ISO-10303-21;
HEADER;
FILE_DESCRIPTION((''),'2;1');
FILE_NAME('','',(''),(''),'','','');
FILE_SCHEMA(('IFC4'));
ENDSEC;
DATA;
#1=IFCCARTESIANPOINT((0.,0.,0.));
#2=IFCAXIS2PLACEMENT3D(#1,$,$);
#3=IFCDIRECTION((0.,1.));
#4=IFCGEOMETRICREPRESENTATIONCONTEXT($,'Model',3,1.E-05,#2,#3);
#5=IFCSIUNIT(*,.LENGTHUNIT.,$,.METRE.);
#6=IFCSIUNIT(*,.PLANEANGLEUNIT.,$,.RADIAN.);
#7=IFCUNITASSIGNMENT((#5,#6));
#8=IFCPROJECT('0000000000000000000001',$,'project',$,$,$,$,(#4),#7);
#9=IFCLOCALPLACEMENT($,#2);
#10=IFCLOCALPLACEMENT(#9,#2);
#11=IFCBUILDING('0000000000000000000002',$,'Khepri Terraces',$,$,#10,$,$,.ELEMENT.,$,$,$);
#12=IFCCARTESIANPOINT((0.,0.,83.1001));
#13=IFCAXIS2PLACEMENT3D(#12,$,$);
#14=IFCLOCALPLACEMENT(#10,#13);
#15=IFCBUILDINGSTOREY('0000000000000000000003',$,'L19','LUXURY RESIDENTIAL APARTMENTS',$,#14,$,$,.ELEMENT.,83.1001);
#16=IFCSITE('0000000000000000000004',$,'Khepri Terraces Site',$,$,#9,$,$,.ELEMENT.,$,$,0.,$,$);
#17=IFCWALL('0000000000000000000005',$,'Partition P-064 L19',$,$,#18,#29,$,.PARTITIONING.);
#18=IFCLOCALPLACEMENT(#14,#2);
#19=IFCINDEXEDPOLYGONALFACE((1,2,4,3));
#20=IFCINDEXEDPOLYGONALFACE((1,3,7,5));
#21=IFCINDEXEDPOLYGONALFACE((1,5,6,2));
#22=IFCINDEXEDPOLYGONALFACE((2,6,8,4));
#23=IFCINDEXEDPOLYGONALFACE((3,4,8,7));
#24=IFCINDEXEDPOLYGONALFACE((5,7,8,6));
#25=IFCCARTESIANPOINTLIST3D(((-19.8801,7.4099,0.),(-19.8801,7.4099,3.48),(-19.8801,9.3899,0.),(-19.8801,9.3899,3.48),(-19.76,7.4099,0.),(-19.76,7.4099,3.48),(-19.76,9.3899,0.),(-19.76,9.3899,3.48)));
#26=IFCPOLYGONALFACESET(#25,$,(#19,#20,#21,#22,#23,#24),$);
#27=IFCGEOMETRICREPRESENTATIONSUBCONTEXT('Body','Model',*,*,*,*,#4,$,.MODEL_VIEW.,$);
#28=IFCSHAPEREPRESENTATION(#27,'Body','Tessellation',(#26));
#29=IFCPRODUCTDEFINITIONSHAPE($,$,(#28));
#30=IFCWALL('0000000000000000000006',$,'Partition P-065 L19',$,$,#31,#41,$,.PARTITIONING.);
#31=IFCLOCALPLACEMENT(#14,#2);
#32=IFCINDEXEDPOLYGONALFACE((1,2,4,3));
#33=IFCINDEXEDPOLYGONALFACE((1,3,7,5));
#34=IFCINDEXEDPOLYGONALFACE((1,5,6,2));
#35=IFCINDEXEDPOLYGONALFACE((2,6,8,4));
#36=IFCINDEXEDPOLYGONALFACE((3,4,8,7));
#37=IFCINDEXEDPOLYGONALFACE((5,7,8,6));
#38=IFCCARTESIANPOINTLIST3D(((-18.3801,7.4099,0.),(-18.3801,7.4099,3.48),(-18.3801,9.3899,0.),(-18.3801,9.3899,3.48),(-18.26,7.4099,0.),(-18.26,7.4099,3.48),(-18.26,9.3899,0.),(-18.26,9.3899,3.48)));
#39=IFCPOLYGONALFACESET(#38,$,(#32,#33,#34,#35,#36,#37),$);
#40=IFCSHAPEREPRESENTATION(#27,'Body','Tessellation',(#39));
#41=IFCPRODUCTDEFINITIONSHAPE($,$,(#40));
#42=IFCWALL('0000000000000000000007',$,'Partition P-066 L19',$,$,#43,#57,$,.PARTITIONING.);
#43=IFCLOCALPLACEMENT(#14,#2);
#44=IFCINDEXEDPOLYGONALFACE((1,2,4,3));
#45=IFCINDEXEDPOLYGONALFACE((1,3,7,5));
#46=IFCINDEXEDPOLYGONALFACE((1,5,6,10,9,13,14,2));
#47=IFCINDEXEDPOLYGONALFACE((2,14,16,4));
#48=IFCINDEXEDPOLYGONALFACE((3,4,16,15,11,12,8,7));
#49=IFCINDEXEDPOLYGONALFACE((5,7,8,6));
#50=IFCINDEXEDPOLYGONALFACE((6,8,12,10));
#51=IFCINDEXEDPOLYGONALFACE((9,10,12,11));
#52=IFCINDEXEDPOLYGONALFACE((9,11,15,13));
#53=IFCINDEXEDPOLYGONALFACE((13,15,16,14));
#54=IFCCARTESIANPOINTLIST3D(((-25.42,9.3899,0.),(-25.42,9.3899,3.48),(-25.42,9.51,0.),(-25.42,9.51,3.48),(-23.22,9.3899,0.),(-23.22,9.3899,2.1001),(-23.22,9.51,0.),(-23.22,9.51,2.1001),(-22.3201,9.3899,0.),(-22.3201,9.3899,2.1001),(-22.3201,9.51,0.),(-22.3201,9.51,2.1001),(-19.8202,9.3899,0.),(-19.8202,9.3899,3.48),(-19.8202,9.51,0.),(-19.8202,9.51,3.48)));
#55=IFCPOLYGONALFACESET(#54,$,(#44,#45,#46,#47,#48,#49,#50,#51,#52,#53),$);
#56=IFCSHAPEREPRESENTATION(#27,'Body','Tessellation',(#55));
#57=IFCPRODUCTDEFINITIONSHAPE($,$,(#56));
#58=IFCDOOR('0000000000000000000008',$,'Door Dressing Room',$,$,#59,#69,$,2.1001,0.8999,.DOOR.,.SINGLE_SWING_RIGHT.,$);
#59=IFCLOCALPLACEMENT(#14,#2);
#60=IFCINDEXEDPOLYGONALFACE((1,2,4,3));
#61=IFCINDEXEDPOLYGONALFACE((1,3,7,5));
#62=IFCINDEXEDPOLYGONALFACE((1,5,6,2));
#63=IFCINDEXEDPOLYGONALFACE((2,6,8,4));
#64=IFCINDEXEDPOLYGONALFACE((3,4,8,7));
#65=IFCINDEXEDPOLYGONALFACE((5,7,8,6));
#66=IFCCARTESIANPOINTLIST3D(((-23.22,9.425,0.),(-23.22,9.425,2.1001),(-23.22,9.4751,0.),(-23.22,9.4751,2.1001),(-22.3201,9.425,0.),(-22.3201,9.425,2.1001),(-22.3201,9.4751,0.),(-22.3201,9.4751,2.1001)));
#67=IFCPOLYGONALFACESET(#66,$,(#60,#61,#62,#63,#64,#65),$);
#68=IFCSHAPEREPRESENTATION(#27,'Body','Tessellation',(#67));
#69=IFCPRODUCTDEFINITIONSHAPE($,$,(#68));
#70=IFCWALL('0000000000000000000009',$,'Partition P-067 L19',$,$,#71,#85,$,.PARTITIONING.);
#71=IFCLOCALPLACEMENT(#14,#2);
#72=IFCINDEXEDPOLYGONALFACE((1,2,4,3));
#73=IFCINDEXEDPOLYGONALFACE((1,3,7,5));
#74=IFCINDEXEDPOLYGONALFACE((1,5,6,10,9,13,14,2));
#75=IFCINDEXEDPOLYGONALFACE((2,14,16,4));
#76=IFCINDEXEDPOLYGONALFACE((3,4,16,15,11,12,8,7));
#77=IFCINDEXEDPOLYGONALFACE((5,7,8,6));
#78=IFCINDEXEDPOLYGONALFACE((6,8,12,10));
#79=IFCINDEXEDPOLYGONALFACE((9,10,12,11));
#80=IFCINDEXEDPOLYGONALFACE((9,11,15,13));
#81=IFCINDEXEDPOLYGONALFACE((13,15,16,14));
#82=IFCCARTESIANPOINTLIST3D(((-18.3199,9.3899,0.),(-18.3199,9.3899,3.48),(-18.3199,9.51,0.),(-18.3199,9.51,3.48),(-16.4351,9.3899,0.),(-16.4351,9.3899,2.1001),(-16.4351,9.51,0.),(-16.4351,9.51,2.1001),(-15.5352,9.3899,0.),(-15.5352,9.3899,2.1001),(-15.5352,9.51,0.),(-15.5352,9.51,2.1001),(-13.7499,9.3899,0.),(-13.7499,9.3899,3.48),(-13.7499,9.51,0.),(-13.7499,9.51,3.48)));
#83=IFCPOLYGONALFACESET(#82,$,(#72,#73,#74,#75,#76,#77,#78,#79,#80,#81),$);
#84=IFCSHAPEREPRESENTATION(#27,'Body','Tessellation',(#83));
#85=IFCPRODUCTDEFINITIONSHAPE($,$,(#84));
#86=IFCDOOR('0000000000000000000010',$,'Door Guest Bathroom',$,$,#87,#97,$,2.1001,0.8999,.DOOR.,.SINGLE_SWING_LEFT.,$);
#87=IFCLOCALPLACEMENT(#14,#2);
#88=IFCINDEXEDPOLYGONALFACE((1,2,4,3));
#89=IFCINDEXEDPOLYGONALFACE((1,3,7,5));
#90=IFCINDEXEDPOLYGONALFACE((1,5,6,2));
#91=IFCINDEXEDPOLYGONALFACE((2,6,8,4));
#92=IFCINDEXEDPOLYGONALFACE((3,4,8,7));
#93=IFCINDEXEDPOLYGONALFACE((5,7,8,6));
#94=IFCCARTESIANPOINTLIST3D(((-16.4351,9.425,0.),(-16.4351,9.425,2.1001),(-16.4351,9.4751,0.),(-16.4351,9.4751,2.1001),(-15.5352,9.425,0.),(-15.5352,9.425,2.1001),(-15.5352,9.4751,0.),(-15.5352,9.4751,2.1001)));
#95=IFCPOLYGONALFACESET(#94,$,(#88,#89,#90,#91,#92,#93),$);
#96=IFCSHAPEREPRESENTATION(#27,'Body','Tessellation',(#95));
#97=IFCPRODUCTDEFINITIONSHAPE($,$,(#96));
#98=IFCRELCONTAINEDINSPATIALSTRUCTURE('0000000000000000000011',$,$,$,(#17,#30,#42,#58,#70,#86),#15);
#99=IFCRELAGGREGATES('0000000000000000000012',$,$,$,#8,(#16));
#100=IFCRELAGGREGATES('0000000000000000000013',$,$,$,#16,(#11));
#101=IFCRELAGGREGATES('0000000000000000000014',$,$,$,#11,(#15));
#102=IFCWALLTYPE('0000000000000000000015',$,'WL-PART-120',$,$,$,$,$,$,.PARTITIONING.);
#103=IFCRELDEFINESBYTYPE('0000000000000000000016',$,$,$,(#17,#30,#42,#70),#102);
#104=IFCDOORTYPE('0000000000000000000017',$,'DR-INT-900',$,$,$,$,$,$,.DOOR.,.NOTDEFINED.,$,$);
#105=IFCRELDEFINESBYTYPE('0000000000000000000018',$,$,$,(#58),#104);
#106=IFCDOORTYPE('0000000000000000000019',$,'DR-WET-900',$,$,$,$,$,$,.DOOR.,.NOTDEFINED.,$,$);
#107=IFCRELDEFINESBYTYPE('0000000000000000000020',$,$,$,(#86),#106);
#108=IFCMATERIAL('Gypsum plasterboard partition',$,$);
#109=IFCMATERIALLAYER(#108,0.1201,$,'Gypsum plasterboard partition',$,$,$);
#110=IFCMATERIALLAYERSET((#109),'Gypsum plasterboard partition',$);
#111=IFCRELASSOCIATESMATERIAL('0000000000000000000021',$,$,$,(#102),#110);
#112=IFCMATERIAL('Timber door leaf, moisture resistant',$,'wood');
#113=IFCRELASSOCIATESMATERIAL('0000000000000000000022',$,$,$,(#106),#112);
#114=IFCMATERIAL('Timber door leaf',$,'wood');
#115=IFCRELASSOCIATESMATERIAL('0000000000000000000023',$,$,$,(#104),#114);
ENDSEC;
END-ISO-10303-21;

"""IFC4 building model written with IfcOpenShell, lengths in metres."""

from ifc_helpers import new_model, si_unit, direction, frame, frame_2d, origin, place, context, subcontext, project, spatial, rectangle, extrude, material, layer, layer_set, type_object, element, fill, save


model = new_model("IFC4")

# Units and contexts
model_context = context("Model", 3, precision=1e-05, world=origin(), true_north=direction((0.0, 1.0)))
body_context = subcontext(model_context, "Body", "Model", "MODEL_VIEW")
ifc_project = project(units=[si_unit("LENGTHUNIT", "METRE"), si_unit("PLANEANGLEUNIT", "RADIAN")], contexts=[model_context])

# Site, building, storey
site_placement = place(None, origin())
site = spatial("IfcSite", under=ifc_project, at=site_placement, Name="Khepri Terraces Site", CompositionType="ELEMENT", RefElevation=0.0)
building_placement = place(site_placement, origin())
building = spatial("IfcBuilding", under=site, at=building_placement, Name="Khepri Terraces", CompositionType="ELEMENT")
storey_placement = place(building_placement, frame((0.0, 0.0, 83.1001)))
storey = spatial("IfcBuildingStorey", under=building, at=storey_placement, Name="L19", Description="LUXURY RESIDENTIAL APARTMENTS", CompositionType="ELEMENT", Elevation=83.1001)

# Shared definitions
ifc_material_1 = material(Name="Gypsum plasterboard partition")
ifc_layer_1 = layer(ifc_material_1, 0.1201, Name="Gypsum plasterboard partition")
ifc_layer_set_1 = layer_set([ifc_layer_1], Name="Gypsum plasterboard partition")
wall_type_1 = type_object("IfcWallType", Name="WL-PART-120", PredefinedType="PARTITIONING", material=ifc_layer_set_1)
ifc_material_2 = material(Name="Timber door leaf, moisture resistant", Category="wood")
door_type_1 = type_object("IfcDoorType", Name="DR-WET-900", OperationType="NOTDEFINED", PredefinedType="DOOR", material=ifc_material_2)

# Shared definitions
ifc_material_3 = material(Name="Timber door leaf", Category="wood")
door_type_2 = type_object("IfcDoorType", Name="DR-INT-900", OperationType="NOTDEFINED", PredefinedType="DOOR", material=ifc_material_3)

# Walls
for number, where, z_axis, x_axis, name in (
    (1, (-19.8201, 7.4099, 0.0), (0.0, 0.0, 1.0), (0.0, 1.0, 0.0), "Partition P-064 L19"),
    (2, (-18.3201, 7.4099, 0.0), (0.0, 0.0, 1.0), (0.0, 1.0, 0.0), "Partition P-065 L19"),
):
    element("IfcWall", number, at=place(storey_placement, frame(where, z_axis=z_axis, x_axis=x_axis)), inside=storey, type_object=wall_type_1, Name=name, PredefinedType="PARTITIONING", context=body_context, shape_type="SweptSolid", body=[
        extrude(rectangle(XDim=1.98, YDim=0.1201, at=frame_2d((0.99, 0.0))), origin(), (0.0, 0.0, 1.0), 3.48),
    ])

# Walls, openings, doors
wall_1_placement = place(storey_placement, frame((-25.4199, 9.45, 0.0), z_axis=(0.0, 0.0, 1.0), x_axis=(1.0, 0.0, 0.0)))
wall_1 = element("IfcWall", 3, at=wall_1_placement, inside=storey, type_object=wall_type_1, Name="Partition P-066 L19", PredefinedType="PARTITIONING", context=body_context, shape_type="SweptSolid", body=[
    extrude(rectangle(XDim=5.5999, YDim=0.1201, at=frame_2d((2.7998, 0.0))), origin(), (0.0, 0.0, 1.0), 3.48),
])
opening_1_placement = place(wall_1_placement, frame((2.2, 0.0, 0.0)))
opening_1 = element("IfcOpeningElement", 4, at=opening_1_placement, cuts=wall_1, PredefinedType="OPENING", context=body_context, shape_type="SweptSolid", body=[
    extrude(rectangle(XDim=0.8999, YDim=2.1001, at=frame_2d((0.45, 1.05))), frame((0.0, 0.0701, 0.0), z_axis=(0.0, -1.0, 0.0), x_axis=(1.0, 0.0, 0.0)), (0.0, 0.0, 1.0), 0.1401),
])
door_1_placement = place(opening_1_placement, frame((0.8999, 0.0, 0.0), z_axis=(0.0, 0.0, 1.0), x_axis=(-1.0, 0.0, 0.0)))
door_1 = element("IfcDoor", 5, at=door_1_placement, inside=storey, type_object=door_type_2, Name="Door Dressing Room", OperationType="SINGLE_SWING_RIGHT", OverallHeight=2.1001, OverallWidth=0.8999, PredefinedType="DOOR", context=body_context, shape_type="SweptSolid", body=[
    extrude(rectangle(XDim=0.8999, YDim=2.1001, at=frame_2d((0.45, 1.05))), frame((0.0, 0.0249, 0.0), z_axis=(0.0, -1.0, 0.0), x_axis=(1.0, 0.0, 0.0)), (0.0, 0.0, 1.0), 0.05),
])
fill(opening_1, door_1)
wall_2_placement = place(storey_placement, frame((-18.3201, 9.45, 0.0), z_axis=(0.0, 0.0, 1.0), x_axis=(1.0, 0.0, 0.0)))
wall_2 = element("IfcWall", 6, at=wall_2_placement, inside=storey, type_object=wall_type_1, Name="Partition P-067 L19", PredefinedType="PARTITIONING", context=body_context, shape_type="SweptSolid", body=[
    extrude(rectangle(XDim=4.5701, YDim=0.1201, at=frame_2d((2.2852, 0.0))), origin(), (0.0, 0.0, 1.0), 3.48),
])
opening_2_placement = place(wall_2_placement, frame((1.885, 0.0, 0.0)))
opening_2 = element("IfcOpeningElement", 7, at=opening_2_placement, cuts=wall_2, PredefinedType="OPENING", context=body_context, shape_type="SweptSolid", body=[
    extrude(rectangle(XDim=0.8999, YDim=2.1001, at=frame_2d((0.45, 1.05))), frame((0.0, 0.0701, 0.0), z_axis=(0.0, -1.0, 0.0), x_axis=(1.0, 0.0, 0.0)), (0.0, 0.0, 1.0), 0.1401),
])
door_2_placement = place(opening_2_placement, frame((0.8999, 0.0, 0.0), z_axis=(0.0, 0.0, 1.0), x_axis=(-1.0, 0.0, 0.0)))
door_2 = element("IfcDoor", 8, at=door_2_placement, inside=storey, type_object=door_type_1, Name="Door Guest Bathroom", OperationType="SINGLE_SWING_LEFT", OverallHeight=2.1001, OverallWidth=0.8999, PredefinedType="DOOR", context=body_context, shape_type="SweptSolid", body=[
    extrude(rectangle(XDim=0.8999, YDim=2.1001, at=frame_2d((0.45, 1.05))), frame((0.0, 0.0249, 0.0), z_axis=(0.0, -1.0, 0.0), x_axis=(1.0, 0.0, 0.0)), (0.0, 0.0, 1.0), 0.05),
])
fill(opening_2, door_2)

save(model, "model.ifc")
